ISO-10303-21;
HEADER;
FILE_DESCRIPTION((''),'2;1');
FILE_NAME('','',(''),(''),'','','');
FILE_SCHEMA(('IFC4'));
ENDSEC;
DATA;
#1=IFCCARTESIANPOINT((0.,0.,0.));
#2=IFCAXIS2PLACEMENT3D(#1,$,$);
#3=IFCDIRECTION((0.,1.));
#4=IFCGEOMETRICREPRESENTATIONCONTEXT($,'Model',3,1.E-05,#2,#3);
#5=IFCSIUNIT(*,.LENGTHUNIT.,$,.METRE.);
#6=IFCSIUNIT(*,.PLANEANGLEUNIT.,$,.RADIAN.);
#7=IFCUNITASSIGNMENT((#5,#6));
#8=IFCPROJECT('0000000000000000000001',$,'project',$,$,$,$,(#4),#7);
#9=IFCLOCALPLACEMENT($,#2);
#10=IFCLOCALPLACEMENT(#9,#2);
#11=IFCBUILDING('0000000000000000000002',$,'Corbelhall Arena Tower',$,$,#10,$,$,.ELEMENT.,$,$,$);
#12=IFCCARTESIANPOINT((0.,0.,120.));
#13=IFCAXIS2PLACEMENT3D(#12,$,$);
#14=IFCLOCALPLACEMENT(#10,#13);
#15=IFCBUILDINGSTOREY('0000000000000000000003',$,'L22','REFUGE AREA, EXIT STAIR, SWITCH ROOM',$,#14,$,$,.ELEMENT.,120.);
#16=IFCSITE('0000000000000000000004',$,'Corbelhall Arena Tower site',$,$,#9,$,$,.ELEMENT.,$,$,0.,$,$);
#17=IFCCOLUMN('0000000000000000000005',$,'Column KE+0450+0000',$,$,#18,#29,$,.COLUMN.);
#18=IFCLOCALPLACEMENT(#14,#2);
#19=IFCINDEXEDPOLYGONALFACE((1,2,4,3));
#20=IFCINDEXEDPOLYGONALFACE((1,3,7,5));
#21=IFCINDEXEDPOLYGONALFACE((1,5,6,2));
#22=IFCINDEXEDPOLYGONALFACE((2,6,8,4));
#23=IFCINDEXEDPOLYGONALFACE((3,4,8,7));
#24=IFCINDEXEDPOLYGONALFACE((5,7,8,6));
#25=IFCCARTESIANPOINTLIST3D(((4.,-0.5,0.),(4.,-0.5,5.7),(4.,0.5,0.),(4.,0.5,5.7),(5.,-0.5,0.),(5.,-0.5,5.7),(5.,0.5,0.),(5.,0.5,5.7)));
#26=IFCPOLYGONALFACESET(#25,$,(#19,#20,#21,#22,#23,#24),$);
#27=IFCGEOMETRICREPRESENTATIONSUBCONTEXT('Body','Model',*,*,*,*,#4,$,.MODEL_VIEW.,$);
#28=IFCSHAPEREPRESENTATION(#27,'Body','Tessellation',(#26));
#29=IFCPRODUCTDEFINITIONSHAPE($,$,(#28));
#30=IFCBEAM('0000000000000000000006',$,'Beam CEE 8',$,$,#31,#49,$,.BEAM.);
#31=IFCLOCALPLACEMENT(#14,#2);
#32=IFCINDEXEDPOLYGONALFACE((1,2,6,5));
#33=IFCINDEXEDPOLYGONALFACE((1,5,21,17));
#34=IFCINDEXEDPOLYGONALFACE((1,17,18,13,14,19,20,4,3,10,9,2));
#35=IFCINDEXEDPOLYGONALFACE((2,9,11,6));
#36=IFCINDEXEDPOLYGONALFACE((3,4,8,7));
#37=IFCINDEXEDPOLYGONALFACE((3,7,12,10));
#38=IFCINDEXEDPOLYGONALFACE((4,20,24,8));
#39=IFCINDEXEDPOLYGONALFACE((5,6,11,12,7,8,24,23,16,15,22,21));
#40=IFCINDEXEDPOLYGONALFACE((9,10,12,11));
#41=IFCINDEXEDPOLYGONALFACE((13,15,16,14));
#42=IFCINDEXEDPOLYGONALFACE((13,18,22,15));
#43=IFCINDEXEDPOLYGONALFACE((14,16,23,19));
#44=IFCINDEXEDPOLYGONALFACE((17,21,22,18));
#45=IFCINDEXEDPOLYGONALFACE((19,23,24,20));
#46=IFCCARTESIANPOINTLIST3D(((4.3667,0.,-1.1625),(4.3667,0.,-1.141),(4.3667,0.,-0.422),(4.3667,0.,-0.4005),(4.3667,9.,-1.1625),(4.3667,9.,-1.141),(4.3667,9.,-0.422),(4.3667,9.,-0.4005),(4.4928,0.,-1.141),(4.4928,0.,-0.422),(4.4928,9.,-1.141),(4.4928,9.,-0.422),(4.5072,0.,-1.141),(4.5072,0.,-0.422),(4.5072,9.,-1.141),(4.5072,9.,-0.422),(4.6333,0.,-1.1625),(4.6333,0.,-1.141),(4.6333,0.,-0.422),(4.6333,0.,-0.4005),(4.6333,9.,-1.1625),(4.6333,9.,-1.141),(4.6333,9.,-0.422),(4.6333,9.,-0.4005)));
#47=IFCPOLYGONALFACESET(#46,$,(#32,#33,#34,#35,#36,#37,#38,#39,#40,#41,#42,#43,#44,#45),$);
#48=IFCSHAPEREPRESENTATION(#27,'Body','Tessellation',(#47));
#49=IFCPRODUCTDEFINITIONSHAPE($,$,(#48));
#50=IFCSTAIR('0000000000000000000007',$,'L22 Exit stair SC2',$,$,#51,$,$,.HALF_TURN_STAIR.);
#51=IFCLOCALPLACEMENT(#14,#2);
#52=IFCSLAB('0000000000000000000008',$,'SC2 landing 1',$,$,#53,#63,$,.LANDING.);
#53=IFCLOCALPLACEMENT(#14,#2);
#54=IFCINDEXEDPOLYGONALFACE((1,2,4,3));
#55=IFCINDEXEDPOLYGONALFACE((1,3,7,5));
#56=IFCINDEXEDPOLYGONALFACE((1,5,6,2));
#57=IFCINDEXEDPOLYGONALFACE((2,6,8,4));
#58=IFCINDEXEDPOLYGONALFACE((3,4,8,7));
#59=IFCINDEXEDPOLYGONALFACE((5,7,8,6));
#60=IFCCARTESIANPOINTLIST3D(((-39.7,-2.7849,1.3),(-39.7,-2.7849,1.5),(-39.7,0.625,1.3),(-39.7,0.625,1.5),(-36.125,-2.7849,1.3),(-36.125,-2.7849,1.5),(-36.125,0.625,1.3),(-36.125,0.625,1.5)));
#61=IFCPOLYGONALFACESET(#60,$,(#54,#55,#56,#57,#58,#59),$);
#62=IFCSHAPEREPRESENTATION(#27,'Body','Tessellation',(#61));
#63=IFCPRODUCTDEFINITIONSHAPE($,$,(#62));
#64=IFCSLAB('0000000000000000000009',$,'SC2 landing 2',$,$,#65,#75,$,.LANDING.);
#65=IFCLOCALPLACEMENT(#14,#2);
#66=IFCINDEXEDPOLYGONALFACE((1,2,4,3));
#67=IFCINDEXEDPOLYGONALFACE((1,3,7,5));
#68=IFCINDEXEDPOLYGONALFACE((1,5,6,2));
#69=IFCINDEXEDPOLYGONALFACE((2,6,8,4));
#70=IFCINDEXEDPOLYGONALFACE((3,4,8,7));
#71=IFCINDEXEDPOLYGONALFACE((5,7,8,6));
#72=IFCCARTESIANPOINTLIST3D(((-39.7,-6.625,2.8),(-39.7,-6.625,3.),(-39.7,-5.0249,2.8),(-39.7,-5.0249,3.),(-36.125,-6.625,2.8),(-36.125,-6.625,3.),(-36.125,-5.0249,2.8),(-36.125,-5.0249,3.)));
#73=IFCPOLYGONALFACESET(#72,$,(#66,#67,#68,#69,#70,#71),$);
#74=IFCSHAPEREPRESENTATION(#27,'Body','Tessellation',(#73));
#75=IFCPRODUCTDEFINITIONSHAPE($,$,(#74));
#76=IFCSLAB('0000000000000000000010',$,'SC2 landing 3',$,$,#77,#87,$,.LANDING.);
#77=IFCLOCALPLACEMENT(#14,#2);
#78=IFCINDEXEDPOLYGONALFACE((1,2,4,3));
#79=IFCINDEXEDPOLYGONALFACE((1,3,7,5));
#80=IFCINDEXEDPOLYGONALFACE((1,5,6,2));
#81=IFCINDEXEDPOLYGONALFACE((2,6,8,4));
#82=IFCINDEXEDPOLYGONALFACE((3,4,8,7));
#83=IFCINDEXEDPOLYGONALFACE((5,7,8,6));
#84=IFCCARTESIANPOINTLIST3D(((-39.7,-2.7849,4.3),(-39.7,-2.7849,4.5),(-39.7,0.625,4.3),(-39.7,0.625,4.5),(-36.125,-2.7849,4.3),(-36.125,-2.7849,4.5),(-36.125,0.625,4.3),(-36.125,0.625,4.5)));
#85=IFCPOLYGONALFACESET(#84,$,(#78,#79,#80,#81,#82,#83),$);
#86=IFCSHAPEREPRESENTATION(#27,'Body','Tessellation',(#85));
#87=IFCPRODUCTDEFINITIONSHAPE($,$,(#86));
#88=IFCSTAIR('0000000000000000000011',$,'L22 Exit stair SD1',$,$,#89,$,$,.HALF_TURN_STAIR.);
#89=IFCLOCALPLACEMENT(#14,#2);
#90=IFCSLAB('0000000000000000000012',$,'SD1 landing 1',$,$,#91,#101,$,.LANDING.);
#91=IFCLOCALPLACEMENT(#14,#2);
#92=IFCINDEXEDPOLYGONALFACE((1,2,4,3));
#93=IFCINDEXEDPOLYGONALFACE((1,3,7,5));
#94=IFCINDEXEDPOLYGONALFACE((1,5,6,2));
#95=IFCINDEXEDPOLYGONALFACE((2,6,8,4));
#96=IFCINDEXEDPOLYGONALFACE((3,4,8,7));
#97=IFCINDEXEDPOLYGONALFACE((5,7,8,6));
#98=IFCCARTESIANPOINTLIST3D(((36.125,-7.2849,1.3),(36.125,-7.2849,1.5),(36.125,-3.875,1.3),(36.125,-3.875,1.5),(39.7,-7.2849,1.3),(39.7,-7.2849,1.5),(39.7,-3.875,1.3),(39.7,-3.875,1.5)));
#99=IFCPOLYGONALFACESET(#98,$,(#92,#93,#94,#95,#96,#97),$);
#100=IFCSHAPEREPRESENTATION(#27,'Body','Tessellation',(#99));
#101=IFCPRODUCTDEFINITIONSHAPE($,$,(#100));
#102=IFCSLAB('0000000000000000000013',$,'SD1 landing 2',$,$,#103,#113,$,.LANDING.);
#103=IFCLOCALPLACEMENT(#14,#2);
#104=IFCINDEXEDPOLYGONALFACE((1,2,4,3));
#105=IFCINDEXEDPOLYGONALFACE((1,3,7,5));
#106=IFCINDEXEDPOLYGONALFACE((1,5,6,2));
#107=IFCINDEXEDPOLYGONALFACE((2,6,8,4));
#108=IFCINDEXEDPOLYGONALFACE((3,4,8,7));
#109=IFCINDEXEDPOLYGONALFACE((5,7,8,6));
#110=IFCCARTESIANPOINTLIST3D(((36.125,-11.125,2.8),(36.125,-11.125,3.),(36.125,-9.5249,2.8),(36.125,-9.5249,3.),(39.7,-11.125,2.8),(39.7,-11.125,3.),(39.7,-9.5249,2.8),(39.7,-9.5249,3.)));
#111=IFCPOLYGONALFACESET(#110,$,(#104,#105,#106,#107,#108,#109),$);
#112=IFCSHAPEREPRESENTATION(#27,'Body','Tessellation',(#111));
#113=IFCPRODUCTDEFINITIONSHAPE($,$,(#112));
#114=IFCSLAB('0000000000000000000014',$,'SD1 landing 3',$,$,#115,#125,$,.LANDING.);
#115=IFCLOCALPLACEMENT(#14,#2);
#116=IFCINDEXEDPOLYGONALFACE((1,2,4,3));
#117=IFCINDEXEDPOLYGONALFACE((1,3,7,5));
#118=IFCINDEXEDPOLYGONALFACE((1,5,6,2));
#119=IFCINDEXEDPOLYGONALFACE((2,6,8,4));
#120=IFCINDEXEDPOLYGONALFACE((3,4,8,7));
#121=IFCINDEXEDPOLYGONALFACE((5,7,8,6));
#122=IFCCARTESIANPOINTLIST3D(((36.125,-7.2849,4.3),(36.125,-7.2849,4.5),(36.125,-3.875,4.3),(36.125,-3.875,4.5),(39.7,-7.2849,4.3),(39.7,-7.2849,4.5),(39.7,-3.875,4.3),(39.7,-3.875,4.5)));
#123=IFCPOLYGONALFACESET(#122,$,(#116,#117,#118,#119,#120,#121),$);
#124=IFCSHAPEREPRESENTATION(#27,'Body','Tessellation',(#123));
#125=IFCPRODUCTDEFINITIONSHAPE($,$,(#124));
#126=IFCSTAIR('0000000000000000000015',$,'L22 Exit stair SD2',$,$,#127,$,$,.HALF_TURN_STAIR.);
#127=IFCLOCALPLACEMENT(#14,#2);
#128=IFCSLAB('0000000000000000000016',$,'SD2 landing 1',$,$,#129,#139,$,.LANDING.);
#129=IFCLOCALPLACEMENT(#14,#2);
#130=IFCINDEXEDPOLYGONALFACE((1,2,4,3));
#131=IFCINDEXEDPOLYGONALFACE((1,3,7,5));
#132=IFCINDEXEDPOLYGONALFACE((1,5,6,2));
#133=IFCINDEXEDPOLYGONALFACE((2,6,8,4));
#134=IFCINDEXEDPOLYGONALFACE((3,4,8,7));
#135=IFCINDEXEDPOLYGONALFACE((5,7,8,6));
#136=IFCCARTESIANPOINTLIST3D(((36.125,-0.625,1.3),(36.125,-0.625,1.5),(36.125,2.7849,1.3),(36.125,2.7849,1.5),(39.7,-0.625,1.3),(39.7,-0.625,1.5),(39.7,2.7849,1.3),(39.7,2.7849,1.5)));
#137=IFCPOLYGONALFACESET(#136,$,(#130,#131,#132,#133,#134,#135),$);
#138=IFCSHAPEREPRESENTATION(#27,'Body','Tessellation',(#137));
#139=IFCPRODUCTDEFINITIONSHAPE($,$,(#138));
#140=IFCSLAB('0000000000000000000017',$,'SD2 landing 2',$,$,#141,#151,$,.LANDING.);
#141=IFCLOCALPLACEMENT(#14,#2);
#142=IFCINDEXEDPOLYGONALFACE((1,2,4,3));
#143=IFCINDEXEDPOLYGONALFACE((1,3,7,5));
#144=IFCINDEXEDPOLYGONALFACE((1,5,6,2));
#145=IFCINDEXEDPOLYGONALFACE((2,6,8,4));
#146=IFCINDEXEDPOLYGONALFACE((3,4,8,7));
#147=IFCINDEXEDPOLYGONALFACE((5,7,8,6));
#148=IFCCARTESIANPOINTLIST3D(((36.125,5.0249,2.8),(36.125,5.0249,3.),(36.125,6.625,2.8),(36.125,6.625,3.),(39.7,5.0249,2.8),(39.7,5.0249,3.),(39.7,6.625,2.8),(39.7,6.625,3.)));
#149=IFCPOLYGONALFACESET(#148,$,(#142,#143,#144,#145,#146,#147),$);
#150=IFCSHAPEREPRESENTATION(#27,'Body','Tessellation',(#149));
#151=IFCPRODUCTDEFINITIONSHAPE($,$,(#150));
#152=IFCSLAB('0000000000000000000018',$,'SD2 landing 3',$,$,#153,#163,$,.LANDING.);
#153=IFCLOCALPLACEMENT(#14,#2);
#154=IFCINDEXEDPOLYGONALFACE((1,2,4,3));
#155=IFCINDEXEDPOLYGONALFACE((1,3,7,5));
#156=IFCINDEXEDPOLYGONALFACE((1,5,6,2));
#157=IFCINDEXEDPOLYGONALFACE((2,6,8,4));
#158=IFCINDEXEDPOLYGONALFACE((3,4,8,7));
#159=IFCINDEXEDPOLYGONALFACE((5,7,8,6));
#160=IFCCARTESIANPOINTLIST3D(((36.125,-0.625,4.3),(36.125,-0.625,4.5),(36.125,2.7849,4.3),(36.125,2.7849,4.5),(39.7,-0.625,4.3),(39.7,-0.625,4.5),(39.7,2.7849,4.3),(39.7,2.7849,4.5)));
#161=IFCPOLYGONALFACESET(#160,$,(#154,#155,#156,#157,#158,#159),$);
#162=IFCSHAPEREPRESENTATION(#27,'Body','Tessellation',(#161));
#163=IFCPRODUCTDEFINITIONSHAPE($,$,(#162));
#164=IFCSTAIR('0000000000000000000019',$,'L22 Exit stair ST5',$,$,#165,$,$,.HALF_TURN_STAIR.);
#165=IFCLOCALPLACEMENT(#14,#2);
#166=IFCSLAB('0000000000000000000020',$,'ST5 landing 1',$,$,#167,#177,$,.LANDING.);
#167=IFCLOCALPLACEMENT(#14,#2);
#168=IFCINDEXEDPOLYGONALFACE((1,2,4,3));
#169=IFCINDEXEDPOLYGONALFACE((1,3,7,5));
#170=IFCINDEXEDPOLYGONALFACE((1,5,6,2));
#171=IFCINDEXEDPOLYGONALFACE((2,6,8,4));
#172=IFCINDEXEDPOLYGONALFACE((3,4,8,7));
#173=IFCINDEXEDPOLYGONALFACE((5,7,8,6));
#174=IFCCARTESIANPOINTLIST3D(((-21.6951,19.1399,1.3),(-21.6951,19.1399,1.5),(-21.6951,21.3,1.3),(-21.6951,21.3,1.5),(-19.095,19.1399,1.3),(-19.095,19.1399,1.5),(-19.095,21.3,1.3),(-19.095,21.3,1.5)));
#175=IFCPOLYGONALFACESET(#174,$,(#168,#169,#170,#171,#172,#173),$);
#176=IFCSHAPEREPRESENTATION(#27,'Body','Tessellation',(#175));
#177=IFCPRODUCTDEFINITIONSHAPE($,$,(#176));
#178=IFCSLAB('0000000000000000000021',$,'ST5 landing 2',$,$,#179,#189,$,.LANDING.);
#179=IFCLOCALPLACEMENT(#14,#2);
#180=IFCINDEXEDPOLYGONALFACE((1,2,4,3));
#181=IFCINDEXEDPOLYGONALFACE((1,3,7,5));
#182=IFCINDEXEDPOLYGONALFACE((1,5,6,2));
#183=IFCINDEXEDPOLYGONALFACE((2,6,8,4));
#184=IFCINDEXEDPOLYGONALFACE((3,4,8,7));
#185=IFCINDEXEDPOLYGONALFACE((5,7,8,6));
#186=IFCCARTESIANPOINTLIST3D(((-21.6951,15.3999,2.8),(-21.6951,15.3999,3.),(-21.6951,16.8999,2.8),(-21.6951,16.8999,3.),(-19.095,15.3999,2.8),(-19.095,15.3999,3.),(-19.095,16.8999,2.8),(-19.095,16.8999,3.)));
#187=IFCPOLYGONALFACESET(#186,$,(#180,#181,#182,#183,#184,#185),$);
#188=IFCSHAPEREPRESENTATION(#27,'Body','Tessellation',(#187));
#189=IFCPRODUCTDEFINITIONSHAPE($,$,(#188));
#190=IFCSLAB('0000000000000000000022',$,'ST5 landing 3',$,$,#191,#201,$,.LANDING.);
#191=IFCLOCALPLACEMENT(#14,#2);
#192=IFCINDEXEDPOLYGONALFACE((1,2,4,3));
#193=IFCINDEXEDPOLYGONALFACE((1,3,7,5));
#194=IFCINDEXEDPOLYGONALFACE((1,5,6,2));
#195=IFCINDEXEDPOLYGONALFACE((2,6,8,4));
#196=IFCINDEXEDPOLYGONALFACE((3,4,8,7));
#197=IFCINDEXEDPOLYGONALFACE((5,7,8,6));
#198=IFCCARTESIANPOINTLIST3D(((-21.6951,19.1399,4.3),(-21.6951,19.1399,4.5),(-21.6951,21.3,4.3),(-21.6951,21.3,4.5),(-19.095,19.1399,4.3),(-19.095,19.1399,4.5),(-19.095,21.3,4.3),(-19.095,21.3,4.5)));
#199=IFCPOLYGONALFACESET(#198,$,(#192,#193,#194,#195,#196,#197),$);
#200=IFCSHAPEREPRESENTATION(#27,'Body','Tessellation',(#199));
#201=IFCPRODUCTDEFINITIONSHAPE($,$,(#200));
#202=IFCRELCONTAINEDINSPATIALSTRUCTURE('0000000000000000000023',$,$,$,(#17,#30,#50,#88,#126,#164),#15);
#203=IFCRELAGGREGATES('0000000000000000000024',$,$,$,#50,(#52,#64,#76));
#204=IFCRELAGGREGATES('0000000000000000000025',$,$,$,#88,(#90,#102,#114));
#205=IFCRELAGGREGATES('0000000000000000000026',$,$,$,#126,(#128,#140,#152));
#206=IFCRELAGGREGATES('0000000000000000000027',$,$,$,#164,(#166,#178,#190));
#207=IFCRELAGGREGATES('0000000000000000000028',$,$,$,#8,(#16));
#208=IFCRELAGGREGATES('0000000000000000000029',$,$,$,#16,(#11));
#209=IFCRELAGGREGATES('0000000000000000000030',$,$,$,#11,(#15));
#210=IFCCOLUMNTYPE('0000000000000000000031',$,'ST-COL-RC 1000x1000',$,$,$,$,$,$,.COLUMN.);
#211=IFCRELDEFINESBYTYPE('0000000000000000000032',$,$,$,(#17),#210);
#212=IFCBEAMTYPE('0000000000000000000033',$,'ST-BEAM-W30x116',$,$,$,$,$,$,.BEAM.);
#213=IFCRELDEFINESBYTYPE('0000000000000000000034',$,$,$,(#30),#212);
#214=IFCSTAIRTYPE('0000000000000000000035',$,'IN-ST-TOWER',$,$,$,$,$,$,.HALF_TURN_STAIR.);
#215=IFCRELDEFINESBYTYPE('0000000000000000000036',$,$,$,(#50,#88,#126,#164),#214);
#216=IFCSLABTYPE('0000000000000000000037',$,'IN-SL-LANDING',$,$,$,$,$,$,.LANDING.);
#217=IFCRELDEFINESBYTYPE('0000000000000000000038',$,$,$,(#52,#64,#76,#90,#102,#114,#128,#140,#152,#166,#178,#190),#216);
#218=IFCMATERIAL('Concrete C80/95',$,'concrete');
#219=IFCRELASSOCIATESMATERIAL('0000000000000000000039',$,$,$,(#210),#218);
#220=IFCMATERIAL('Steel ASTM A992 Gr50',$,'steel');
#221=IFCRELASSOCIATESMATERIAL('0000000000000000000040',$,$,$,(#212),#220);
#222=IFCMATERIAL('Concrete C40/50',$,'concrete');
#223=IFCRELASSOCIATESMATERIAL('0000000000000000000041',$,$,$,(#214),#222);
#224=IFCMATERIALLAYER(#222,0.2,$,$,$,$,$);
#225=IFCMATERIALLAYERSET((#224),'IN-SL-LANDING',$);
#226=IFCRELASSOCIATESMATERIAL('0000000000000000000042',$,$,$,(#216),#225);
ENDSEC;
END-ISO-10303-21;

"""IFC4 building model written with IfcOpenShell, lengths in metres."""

from ifc_helpers import new_model, si_unit, direction, frame, origin, origin_2d, place, context, subcontext, project, spatial, polyline, rectangle, i_section, outline, extrude, material, layer, layer_set, material_profile, profile_set, type_object, element, aggregate, save


model = new_model("IFC4")

# Units and contexts
model_context = context("Model", 3, precision=1e-05, world=origin(), true_north=direction((0.0, 1.0)))
body_context = subcontext(model_context, "Body", "Model", "MODEL_VIEW")
ifc_project = project(units=[si_unit("LENGTHUNIT", "METRE"), si_unit("PLANEANGLEUNIT", "RADIAN")], contexts=[model_context])

# Site, building, storey
site_placement = place(None, origin())
site = spatial("IfcSite", under=ifc_project, at=site_placement, Name="Corbelhall Arena Tower site", CompositionType="ELEMENT", RefElevation=0.0)
building_placement = place(site_placement, origin())
building = spatial("IfcBuilding", under=site, at=building_placement, Name="Corbelhall Arena Tower", CompositionType="ELEMENT")
storey_placement = place(building_placement, frame((0.0, 0.0, 120.0)))
storey = spatial("IfcBuildingStorey", under=building, at=storey_placement, Name="L22", Description="REFUGE AREA, EXIT STAIR, SWITCH ROOM", CompositionType="ELEMENT", Elevation=120.0)

# Column
ifc_material_1 = material(Name="Concrete C80/95", Category="concrete")
ifc_material_profile_1 = material_profile(ifc_material_1, rectangle(XDim=1.0, YDim=1.0, at=origin_2d()))
ifc_profile_set_1 = profile_set([ifc_material_profile_1], Name="Concrete C80/95")
column_type = type_object("IfcColumnType", Name="ST-COL-RC 1000x1000", PredefinedType="COLUMN", material=ifc_profile_set_1)
column_placement = place(storey_placement, frame((4.5, 0.0, 0.0), z_axis=(0.0, 0.0, 1.0), x_axis=(1.0, 0.0, 0.0)))
element("IfcColumn", 1, at=column_placement, inside=storey, type_object=column_type, Name="Column KE+0450+0000", PredefinedType="COLUMN", context=body_context, shape_type="SweptSolid", body=[
    extrude(rectangle(XDim=1.0, YDim=1.0, at=origin_2d()), origin(), (0.0, 0.0, 1.0), 5.7),
])

# Beam
ifc_material_2 = material(Name="Steel ASTM A992 Gr50", Category="steel")
ifc_material_profile_2 = material_profile(ifc_material_2, i_section(OverallWidth=0.2666, OverallDepth=0.762, WebThickness=0.0144, FlangeThickness=0.0215, at=origin_2d()))
ifc_profile_set_2 = profile_set([ifc_material_profile_2], Name="Steel ASTM A992 Gr50")
beam_type = type_object("IfcBeamType", Name="ST-BEAM-W30x116", PredefinedType="BEAM", material=ifc_profile_set_2)
beam_placement = place(storey_placement, frame((4.5, 0.0, -0.7815), z_axis=(0.0, 1.0, 0.0), x_axis=(-1.0, 0.0, 0.0)))
element("IfcBeam", 2, at=beam_placement, inside=storey, type_object=beam_type, Name="Beam CEE 8", PredefinedType="BEAM", context=body_context, shape_type="SweptSolid", body=[
    extrude(i_section(OverallWidth=0.2666, OverallDepth=0.762, WebThickness=0.0144, FlangeThickness=0.0215, at=origin_2d()), origin(), (0.0, 0.0, 1.0), 9.0),
])

# Stairs, slabs
ifc_material_3 = material(Name="Concrete C40/50", Category="concrete")
stair_type = type_object("IfcStairType", Name="IN-ST-TOWER", PredefinedType="HALF_TURN_STAIR", material=ifc_material_3)
stair_1_placement = place(storey_placement, origin())
stair_1 = element("IfcStair", 3, at=stair_1_placement, inside=storey, type_object=stair_type, Name="L22 Exit stair SC2", PredefinedType="HALF_TURN_STAIR")
ifc_layer_1 = layer(ifc_material_3, 0.2)
ifc_layer_set_1 = layer_set([ifc_layer_1], Name="IN-SL-LANDING")
slab_type = type_object("IfcSlabType", Name="IN-SL-LANDING", PredefinedType="LANDING", material=ifc_layer_set_1)
slab_1_placement = place(storey_placement, frame((0.0, 0.0, 1.3)))
slab_1 = element("IfcSlab", 4, at=slab_1_placement, type_object=slab_type, Name="SC2 landing 1", PredefinedType="LANDING", context=body_context, shape_type="SweptSolid", body=[
    extrude(outline(polyline([(-36.125, -2.7849), (-36.125, 0.625), (-39.7, 0.625), (-39.7, -2.7849), (-36.125, -2.7849)])), origin(), (0.0, 0.0, 1.0), 0.2),
])
slab_2_placement = place(storey_placement, frame((0.0, 0.0, 2.8)))
slab_2 = element("IfcSlab", 5, at=slab_2_placement, type_object=slab_type, Name="SC2 landing 2", PredefinedType="LANDING", context=body_context, shape_type="SweptSolid", body=[
    extrude(outline(polyline([(-36.125, -6.625), (-36.125, -5.0249), (-39.7, -5.0249), (-39.7, -6.625), (-36.125, -6.625)])), origin(), (0.0, 0.0, 1.0), 0.2),
])
slab_3_placement = place(storey_placement, frame((0.0, 0.0, 4.3)))
slab_3 = element("IfcSlab", 6, at=slab_3_placement, type_object=slab_type, Name="SC2 landing 3", PredefinedType="LANDING", context=body_context, shape_type="SweptSolid", body=[
    extrude(outline(polyline([(-36.125, -2.7849), (-36.125, 0.625), (-39.7, 0.625), (-39.7, -2.7849), (-36.125, -2.7849)])), origin(), (0.0, 0.0, 1.0), 0.2),
])
aggregate(stair_1, [slab_1, slab_2, slab_3])
stair_2_placement = place(storey_placement, origin())
stair_2 = element("IfcStair", 7, at=stair_2_placement, inside=storey, type_object=stair_type, Name="L22 Exit stair SD1", PredefinedType="HALF_TURN_STAIR")
slab_4_placement = place(storey_placement, frame((0.0, 0.0, 1.3)))
slab_4 = element("IfcSlab", 8, at=slab_4_placement, type_object=slab_type, Name="SD1 landing 1", PredefinedType="LANDING", context=body_context, shape_type="SweptSolid", body=[
    extrude(outline(polyline([(39.7, -7.2849), (39.7, -3.875), (36.125, -3.875), (36.125, -7.2849), (39.7, -7.2849)])), origin(), (0.0, 0.0, 1.0), 0.2),
])
slab_5_placement = place(storey_placement, frame((0.0, 0.0, 2.8)))
slab_5 = element("IfcSlab", 9, at=slab_5_placement, type_object=slab_type, Name="SD1 landing 2", PredefinedType="LANDING", context=body_context, shape_type="SweptSolid", body=[
    extrude(outline(polyline([(39.7, -11.125), (39.7, -9.5249), (36.125, -9.5249), (36.125, -11.125), (39.7, -11.125)])), origin(), (0.0, 0.0, 1.0), 0.2),
])
slab_6_placement = place(storey_placement, frame((0.0, 0.0, 4.3)))
slab_6 = element("IfcSlab", 10, at=slab_6_placement, type_object=slab_type, Name="SD1 landing 3", PredefinedType="LANDING", context=body_context, shape_type="SweptSolid", body=[
    extrude(outline(polyline([(39.7, -7.2849), (39.7, -3.875), (36.125, -3.875), (36.125, -7.2849), (39.7, -7.2849)])), origin(), (0.0, 0.0, 1.0), 0.2),
])
aggregate(stair_2, [slab_4, slab_5, slab_6])
stair_3_placement = place(storey_placement, origin())
stair_3 = element("IfcStair", 11, at=stair_3_placement, inside=storey, type_object=stair_type, Name="L22 Exit stair SD2", PredefinedType="HALF_TURN_STAIR")
slab_7_placement = place(storey_placement, frame((0.0, 0.0, 1.3)))
slab_7 = element("IfcSlab", 12, at=slab_7_placement, type_object=slab_type, Name="SD2 landing 1", PredefinedType="LANDING", context=body_context, shape_type="SweptSolid", body=[
    extrude(outline(polyline([(36.125, 2.7849), (36.125, -0.625), (39.7, -0.625), (39.7, 2.7849), (36.125, 2.7849)])), origin(), (0.0, 0.0, 1.0), 0.2),
])
slab_8_placement = place(storey_placement, frame((0.0, 0.0, 2.8)))
slab_8 = element("IfcSlab", 13, at=slab_8_placement, type_object=slab_type, Name="SD2 landing 2", PredefinedType="LANDING", context=body_context, shape_type="SweptSolid", body=[
    extrude(outline(polyline([(36.125, 6.625), (36.125, 5.0249), (39.7, 5.0249), (39.7, 6.625), (36.125, 6.625)])), origin(), (0.0, 0.0, 1.0), 0.2),
])
slab_9_placement = place(storey_placement, frame((0.0, 0.0, 4.3)))
slab_9 = element("IfcSlab", 14, at=slab_9_placement, type_object=slab_type, Name="SD2 landing 3", PredefinedType="LANDING", context=body_context, shape_type="SweptSolid", body=[
    extrude(outline(polyline([(36.125, 2.7849), (36.125, -0.625), (39.7, -0.625), (39.7, 2.7849), (36.125, 2.7849)])), origin(), (0.0, 0.0, 1.0), 0.2),
])
aggregate(stair_3, [slab_7, slab_8, slab_9])
stair_4_placement = place(storey_placement, origin())
stair_4 = element("IfcStair", 15, at=stair_4_placement, inside=storey, type_object=stair_type, Name="L22 Exit stair ST5", PredefinedType="HALF_TURN_STAIR")
slab_10_placement = place(storey_placement, frame((0.0, 0.0, 1.3)))
slab_10 = element("IfcSlab", 16, at=slab_10_placement, type_object=slab_type, Name="ST5 landing 1", PredefinedType="LANDING", context=body_context, shape_type="SweptSolid", body=[
    extrude(outline(polyline([(-19.095, 19.1399), (-19.095, 21.3), (-21.6951, 21.3), (-21.6951, 19.1399), (-19.095, 19.1399)])), origin(), (0.0, 0.0, 1.0), 0.2),
])
slab_11_placement = place(storey_placement, frame((0.0, 0.0, 2.8)))
slab_11 = element("IfcSlab", 17, at=slab_11_placement, type_object=slab_type, Name="ST5 landing 2", PredefinedType="LANDING", context=body_context, shape_type="SweptSolid", body=[
    extrude(outline(polyline([(-19.095, 15.3999), (-19.095, 16.8999), (-21.6951, 16.8999), (-21.6951, 15.3999), (-19.095, 15.3999)])), origin(), (0.0, 0.0, 1.0), 0.2),
])
slab_12_placement = place(storey_placement, frame((0.0, 0.0, 4.3)))
slab_12 = element("IfcSlab", 18, at=slab_12_placement, type_object=slab_type, Name="ST5 landing 3", PredefinedType="LANDING", context=body_context, shape_type="SweptSolid", body=[
    extrude(outline(polyline([(-19.095, 19.1399), (-19.095, 21.3), (-21.6951, 21.3), (-21.6951, 19.1399), (-19.095, 19.1399)])), origin(), (0.0, 0.0, 1.0), 0.2),
])
aggregate(stair_4, [slab_10, slab_11, slab_12])

save(model, "model.ifc")
